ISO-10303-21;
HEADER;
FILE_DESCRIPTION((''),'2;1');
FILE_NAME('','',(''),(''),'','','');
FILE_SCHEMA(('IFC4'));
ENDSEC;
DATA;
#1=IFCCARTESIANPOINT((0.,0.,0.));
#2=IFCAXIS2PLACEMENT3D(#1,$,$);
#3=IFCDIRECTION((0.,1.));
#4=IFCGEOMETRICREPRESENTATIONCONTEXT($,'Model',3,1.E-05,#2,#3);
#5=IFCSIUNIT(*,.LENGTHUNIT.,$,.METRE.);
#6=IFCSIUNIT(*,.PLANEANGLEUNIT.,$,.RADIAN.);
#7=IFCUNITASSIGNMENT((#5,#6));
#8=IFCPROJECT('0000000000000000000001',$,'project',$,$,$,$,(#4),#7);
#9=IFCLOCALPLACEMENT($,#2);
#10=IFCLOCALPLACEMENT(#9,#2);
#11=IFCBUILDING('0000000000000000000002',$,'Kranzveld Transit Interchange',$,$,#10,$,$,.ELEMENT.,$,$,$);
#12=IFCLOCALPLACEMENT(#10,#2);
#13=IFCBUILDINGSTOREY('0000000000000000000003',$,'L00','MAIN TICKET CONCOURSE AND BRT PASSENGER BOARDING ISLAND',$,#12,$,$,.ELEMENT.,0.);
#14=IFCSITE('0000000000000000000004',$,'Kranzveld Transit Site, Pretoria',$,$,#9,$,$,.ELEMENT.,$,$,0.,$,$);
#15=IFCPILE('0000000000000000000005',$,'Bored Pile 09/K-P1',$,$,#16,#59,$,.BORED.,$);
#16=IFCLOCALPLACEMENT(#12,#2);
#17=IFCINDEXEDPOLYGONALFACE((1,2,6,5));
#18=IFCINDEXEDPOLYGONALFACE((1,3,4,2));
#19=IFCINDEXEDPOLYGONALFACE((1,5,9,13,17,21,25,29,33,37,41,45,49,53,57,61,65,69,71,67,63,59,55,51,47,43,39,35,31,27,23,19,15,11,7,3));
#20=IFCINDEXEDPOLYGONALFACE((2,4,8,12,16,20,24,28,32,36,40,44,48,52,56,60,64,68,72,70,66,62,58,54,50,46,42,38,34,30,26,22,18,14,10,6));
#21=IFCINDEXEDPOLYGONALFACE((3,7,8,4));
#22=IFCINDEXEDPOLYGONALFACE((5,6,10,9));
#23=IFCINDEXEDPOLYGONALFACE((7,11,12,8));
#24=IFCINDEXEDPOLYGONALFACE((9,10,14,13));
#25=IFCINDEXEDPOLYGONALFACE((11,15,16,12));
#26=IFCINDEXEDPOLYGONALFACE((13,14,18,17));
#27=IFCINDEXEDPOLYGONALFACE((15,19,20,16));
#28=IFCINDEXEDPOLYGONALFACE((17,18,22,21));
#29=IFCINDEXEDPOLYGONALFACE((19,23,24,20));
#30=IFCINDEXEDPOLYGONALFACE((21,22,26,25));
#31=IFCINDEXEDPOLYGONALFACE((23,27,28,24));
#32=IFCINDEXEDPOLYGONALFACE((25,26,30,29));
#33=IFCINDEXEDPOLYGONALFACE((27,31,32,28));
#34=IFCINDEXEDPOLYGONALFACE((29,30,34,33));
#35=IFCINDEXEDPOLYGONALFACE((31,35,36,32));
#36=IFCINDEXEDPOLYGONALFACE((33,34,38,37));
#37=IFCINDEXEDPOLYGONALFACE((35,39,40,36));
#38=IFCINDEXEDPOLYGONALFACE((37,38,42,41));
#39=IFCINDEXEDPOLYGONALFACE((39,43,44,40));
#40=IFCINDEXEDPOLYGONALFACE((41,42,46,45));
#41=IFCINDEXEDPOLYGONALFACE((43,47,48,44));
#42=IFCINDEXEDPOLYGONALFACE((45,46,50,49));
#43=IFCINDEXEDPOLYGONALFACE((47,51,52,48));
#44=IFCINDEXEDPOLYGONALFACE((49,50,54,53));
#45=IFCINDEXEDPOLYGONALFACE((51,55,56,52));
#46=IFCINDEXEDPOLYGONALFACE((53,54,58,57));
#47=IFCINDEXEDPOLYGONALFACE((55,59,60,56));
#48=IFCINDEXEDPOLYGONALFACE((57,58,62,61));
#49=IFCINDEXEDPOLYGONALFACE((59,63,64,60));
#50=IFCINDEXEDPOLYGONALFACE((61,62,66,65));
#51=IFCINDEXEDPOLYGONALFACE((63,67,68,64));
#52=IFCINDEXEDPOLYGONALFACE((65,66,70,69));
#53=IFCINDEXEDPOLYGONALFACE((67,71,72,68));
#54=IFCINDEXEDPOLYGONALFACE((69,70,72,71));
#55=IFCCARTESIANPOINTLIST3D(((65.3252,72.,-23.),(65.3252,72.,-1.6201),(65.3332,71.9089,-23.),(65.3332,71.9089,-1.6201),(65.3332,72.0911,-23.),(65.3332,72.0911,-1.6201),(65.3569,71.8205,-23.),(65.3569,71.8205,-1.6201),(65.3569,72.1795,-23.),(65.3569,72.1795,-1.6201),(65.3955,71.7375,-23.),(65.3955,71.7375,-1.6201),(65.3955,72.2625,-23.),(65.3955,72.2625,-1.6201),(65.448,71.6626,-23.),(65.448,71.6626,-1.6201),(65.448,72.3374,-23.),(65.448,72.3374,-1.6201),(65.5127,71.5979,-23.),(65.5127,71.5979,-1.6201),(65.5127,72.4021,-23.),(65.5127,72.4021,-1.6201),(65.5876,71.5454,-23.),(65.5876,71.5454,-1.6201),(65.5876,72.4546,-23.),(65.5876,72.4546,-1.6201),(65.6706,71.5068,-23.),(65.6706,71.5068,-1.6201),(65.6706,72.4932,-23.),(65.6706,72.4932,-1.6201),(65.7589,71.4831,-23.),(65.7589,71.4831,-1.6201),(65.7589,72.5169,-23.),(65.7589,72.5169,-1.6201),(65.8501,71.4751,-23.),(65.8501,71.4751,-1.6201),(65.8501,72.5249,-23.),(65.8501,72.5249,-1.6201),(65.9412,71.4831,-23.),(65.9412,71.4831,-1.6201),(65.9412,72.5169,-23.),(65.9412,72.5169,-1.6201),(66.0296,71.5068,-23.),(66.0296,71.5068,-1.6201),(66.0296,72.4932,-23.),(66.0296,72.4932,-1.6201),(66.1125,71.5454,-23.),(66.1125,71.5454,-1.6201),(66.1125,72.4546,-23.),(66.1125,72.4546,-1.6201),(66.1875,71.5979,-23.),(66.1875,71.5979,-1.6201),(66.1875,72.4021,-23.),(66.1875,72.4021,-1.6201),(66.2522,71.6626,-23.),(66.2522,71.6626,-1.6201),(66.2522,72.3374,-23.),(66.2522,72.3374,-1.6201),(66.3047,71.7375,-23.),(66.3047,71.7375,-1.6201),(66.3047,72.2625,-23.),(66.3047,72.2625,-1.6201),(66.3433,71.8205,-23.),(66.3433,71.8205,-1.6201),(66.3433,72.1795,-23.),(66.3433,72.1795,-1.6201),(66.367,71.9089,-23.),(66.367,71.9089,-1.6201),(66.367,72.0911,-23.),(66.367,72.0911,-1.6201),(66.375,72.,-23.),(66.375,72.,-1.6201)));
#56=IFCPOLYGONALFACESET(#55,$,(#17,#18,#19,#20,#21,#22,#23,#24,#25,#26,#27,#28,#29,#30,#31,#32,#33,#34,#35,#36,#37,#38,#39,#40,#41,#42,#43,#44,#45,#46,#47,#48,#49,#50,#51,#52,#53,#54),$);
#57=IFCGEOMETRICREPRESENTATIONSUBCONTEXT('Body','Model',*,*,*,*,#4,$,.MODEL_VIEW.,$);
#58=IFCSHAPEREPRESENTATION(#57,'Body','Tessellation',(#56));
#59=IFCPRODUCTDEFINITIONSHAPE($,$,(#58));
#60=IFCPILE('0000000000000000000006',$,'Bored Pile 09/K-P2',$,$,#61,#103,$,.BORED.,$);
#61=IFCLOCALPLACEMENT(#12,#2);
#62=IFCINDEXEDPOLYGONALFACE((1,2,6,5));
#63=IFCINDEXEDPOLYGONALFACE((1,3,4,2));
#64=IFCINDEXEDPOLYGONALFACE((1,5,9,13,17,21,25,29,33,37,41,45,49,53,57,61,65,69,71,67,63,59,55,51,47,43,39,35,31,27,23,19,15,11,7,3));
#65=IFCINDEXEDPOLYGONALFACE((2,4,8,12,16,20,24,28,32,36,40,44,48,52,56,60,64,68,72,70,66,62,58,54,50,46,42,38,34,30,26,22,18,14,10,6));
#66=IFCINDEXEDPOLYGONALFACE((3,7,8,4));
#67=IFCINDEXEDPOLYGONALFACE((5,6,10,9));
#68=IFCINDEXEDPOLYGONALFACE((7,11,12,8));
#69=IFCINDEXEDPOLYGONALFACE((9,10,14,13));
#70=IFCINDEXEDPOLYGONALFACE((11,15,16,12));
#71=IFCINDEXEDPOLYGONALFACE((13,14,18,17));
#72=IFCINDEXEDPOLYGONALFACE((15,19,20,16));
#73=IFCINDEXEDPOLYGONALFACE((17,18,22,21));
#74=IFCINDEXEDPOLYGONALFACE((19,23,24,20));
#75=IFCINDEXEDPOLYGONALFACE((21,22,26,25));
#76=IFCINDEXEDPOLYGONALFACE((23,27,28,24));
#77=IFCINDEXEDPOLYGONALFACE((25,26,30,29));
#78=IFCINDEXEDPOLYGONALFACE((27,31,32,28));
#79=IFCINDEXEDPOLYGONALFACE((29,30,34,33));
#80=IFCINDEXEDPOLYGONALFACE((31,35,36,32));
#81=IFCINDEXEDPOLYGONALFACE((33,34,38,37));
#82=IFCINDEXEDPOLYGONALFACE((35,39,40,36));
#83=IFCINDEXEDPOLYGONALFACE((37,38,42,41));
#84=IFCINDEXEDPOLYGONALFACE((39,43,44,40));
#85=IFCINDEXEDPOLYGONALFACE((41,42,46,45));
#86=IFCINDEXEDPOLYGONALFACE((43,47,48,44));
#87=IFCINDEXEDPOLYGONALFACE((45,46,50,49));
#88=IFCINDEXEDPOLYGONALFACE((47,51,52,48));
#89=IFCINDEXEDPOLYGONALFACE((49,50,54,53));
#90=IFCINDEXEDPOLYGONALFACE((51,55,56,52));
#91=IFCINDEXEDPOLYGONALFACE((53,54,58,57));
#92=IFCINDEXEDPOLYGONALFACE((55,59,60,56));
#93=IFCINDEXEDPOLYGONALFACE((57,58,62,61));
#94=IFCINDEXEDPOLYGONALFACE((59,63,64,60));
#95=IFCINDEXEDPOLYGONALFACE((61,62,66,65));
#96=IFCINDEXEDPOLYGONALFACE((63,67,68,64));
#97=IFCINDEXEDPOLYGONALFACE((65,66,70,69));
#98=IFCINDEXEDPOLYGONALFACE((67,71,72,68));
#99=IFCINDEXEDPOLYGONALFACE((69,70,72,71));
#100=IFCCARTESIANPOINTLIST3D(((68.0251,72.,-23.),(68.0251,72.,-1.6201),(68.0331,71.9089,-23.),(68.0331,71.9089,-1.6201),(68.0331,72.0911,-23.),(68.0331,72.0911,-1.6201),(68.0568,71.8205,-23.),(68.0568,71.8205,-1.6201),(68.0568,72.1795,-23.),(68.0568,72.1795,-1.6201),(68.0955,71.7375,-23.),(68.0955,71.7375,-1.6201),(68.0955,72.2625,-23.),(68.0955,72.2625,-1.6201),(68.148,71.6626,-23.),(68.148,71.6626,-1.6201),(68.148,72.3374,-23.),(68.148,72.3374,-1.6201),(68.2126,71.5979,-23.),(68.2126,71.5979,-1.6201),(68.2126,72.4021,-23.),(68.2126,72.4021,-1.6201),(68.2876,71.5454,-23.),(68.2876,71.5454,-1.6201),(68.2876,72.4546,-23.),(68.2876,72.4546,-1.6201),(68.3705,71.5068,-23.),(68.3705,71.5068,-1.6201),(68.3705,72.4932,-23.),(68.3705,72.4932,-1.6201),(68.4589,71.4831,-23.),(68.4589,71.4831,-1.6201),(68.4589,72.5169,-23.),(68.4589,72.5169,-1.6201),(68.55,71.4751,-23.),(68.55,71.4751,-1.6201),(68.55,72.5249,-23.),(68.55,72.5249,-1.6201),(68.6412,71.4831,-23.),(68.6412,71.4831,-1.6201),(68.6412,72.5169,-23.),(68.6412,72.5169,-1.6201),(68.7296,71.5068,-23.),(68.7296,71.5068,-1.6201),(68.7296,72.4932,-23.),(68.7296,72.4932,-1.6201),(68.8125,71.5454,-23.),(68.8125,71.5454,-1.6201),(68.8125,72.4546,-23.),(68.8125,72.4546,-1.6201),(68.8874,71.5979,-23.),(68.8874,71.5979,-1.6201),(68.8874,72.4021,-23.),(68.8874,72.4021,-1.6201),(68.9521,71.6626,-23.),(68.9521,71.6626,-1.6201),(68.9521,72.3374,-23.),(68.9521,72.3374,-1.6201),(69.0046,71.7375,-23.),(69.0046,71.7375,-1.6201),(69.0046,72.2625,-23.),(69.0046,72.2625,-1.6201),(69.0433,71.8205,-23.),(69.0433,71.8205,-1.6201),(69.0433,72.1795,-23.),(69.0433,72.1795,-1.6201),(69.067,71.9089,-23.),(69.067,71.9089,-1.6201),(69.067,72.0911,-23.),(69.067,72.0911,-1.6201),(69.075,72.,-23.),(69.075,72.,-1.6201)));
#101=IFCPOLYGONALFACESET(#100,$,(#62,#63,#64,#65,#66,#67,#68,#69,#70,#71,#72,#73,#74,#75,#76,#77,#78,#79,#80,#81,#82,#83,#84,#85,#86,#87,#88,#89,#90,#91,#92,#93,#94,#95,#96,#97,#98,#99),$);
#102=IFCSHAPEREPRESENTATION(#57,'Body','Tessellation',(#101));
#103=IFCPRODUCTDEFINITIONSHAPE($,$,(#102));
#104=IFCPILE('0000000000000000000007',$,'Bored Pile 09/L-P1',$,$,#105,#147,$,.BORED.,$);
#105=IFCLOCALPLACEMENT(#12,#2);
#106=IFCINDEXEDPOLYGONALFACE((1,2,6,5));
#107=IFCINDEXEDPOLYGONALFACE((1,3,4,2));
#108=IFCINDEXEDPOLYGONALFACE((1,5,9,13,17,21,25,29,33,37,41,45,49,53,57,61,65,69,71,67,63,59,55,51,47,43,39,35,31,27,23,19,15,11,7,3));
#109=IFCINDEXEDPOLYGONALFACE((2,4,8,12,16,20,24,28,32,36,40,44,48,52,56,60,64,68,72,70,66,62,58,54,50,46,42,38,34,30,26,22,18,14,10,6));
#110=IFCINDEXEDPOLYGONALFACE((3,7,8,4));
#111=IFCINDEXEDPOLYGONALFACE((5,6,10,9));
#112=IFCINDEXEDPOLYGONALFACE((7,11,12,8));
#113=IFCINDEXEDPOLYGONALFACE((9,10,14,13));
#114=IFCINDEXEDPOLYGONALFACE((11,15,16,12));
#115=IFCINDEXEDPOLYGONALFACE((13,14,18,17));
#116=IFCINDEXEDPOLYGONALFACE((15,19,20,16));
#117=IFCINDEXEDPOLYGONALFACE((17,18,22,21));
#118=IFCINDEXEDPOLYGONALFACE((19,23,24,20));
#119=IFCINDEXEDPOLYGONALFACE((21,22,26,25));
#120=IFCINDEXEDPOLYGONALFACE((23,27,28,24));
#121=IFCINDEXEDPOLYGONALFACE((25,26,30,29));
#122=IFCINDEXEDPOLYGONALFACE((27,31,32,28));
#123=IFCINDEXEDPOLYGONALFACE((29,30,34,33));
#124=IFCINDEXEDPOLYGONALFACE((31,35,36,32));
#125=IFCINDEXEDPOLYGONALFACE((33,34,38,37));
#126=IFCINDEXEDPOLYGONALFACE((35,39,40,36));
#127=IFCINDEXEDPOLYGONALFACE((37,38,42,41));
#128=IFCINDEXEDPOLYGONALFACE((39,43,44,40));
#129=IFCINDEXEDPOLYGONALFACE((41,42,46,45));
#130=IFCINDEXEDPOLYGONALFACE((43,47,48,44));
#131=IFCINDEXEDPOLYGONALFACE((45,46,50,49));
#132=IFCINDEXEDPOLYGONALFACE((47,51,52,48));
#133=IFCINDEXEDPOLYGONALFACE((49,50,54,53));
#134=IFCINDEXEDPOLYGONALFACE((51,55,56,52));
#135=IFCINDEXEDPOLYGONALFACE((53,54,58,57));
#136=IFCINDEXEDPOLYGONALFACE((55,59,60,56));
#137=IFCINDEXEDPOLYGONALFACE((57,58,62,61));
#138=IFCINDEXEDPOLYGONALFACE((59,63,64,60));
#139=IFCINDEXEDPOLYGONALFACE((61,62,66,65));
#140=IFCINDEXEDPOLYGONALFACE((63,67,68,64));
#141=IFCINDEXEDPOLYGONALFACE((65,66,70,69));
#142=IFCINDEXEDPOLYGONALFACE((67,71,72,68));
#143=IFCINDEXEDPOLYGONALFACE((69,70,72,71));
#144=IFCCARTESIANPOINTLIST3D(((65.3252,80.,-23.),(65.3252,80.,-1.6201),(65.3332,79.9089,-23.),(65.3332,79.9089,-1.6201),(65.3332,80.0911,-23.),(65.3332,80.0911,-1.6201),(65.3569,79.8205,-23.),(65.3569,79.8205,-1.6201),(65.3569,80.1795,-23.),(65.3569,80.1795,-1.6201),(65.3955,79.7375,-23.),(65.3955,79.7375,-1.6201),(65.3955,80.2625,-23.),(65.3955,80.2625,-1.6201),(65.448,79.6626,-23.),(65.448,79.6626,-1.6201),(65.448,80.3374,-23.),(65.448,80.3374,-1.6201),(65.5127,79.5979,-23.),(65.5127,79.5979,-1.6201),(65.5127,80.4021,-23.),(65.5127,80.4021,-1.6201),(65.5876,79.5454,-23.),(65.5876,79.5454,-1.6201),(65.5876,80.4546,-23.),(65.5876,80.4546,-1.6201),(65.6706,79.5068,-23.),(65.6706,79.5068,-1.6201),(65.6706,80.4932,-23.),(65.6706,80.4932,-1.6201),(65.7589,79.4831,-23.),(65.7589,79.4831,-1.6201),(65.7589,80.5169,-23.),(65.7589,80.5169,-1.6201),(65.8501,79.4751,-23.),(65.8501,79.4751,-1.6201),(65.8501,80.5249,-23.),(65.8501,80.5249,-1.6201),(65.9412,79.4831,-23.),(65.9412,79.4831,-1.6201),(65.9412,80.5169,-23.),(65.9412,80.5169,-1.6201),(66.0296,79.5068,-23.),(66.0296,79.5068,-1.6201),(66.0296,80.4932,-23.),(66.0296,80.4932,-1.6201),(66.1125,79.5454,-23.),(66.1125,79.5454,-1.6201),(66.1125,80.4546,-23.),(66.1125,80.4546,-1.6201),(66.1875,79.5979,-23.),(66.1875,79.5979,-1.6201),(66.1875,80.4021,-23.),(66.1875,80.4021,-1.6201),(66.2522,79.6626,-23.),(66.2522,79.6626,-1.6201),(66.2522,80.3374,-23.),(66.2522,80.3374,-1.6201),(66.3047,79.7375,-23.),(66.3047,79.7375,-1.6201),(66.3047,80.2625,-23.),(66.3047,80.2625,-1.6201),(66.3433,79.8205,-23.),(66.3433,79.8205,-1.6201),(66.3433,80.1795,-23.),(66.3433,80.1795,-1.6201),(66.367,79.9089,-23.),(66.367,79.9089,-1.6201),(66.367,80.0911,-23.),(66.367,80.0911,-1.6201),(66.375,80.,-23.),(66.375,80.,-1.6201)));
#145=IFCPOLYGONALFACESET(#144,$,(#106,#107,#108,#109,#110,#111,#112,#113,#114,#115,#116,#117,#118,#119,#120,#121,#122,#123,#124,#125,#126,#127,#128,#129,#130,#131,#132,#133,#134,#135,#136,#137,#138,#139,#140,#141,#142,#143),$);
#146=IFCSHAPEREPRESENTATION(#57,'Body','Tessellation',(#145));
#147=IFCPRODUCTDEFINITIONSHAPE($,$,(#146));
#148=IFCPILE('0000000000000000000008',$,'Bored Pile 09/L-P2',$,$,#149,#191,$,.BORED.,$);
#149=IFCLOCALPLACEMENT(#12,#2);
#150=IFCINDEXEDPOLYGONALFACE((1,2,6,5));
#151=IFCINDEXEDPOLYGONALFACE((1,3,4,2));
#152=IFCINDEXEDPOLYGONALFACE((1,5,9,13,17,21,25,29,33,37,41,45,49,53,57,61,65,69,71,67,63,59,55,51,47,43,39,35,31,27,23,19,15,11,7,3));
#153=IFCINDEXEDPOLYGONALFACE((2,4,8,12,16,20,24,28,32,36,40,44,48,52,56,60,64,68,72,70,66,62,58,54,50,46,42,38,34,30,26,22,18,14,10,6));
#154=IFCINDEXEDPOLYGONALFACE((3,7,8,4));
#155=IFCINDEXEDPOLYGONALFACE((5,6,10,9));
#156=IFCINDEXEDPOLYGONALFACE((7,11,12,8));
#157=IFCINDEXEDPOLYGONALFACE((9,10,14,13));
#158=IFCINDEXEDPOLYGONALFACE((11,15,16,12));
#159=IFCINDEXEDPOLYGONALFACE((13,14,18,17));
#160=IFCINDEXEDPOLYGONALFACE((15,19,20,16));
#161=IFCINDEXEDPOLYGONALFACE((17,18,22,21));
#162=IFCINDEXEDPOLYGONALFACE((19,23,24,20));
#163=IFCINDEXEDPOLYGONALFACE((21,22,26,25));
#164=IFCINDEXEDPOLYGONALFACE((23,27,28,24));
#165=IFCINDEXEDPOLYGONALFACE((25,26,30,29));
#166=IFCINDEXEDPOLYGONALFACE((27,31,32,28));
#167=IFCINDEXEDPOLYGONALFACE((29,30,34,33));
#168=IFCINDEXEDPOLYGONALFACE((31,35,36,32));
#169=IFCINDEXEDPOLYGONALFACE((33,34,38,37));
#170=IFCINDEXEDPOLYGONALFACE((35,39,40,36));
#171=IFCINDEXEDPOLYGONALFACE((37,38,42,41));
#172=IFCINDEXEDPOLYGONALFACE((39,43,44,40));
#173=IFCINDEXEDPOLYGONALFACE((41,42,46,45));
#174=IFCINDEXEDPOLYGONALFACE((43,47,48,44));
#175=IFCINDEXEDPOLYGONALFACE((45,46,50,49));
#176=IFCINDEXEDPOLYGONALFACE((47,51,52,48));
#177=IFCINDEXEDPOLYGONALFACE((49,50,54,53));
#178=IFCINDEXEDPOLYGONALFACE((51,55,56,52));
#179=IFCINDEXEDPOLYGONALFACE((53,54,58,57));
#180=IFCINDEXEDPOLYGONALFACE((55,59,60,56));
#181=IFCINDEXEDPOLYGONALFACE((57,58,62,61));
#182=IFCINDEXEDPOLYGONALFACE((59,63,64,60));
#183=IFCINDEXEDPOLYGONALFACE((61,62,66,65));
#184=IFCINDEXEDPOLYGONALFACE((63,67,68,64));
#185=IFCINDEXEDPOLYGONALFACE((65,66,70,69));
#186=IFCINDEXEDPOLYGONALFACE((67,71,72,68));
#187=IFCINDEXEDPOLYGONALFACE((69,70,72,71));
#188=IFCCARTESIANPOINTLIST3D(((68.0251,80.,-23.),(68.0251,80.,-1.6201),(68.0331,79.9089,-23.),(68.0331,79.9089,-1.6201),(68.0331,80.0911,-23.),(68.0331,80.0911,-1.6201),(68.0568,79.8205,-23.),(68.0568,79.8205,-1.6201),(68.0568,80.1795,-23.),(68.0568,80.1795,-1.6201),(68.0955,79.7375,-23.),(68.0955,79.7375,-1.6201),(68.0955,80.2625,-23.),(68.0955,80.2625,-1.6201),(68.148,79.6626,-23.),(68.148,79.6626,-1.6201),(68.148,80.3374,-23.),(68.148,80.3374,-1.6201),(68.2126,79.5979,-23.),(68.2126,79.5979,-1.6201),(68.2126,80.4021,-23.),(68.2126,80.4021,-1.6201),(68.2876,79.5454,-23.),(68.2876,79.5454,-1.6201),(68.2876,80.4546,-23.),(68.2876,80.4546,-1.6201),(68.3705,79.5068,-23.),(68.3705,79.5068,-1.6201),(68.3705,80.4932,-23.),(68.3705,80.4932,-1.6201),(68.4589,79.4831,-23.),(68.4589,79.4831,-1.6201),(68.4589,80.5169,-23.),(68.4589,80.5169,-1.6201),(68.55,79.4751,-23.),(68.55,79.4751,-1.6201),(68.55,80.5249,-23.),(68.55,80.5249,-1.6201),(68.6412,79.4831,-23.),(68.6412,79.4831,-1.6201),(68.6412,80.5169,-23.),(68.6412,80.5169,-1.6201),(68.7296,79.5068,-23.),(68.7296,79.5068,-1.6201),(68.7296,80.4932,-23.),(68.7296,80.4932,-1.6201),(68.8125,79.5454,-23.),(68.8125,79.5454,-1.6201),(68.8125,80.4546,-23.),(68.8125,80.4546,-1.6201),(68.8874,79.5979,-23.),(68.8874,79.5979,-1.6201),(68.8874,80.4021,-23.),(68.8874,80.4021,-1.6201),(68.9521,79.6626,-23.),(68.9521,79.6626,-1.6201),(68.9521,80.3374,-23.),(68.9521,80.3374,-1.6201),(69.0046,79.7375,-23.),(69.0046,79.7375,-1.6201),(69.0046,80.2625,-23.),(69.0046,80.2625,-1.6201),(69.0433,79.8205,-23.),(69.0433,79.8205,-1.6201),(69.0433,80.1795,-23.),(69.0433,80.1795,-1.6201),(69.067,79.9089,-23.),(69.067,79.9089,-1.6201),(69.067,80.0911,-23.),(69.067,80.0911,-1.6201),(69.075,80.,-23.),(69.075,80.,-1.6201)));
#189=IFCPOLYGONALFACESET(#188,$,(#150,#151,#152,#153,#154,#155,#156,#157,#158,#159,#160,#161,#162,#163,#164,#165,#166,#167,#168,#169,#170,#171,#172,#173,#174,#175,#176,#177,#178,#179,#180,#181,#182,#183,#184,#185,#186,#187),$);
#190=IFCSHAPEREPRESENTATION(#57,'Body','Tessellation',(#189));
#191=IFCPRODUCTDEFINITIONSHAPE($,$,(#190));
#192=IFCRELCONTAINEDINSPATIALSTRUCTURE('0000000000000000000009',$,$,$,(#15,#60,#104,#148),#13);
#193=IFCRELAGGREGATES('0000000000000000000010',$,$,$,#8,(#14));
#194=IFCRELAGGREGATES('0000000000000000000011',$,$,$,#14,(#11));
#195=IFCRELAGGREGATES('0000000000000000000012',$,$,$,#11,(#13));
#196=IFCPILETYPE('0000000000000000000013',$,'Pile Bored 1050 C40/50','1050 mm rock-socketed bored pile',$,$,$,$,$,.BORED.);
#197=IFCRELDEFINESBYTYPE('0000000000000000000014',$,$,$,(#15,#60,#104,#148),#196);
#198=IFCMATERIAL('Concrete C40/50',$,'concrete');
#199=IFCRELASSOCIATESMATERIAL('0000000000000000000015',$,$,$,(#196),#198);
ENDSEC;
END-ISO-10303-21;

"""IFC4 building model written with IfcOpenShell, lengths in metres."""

from ifc_helpers import new_model, si_unit, direction, frame, origin, origin_2d, place, context, subcontext, project, spatial, circle, extrude, material, material_profile, profile_set, type_object, element, save


model = new_model("IFC4")

# Units and contexts
model_context = context("Model", 3, precision=1e-05, world=origin(), true_north=direction((0.0, 1.0)))
body_context = subcontext(model_context, "Body", "Model", "MODEL_VIEW")
ifc_project = project(units=[si_unit("LENGTHUNIT", "METRE"), si_unit("PLANEANGLEUNIT", "RADIAN")], contexts=[model_context])

# Site, building, storey
site_placement = place(None, origin())
site = spatial("IfcSite", under=ifc_project, at=site_placement, Name="Kranzveld Transit Site, Pretoria", CompositionType="ELEMENT", RefElevation=0.0)
building_placement = place(site_placement, origin())
building = spatial("IfcBuilding", under=site, at=building_placement, Name="Kranzveld Transit Interchange", CompositionType="ELEMENT")
storey_placement = place(building_placement, origin())
storey = spatial("IfcBuildingStorey", under=building, at=storey_placement, Name="L00", Description="MAIN TICKET CONCOURSE AND BRT PASSENGER BOARDING ISLAND", CompositionType="ELEMENT", Elevation=0.0)

# Piles
ifc_material_1 = material(Name="Concrete C40/50", Category="concrete")
ifc_material_profile_1 = material_profile(ifc_material_1, circle(Radius=0.5249, at=origin_2d()), Name="BORED PILE 1050")
ifc_profile_set_1 = profile_set([ifc_material_profile_1], Name="Concrete C40/50")
pile_type_1 = type_object("IfcPileType", Name="Pile Bored 1050 C40/50", Description="1050 mm rock-socketed bored pile", PredefinedType="BORED", material=ifc_profile_set_1)
for number, where, z_axis, x_axis, name in (
    (1, (65.8501, 72.0, -1.6201), (0.0, 0.0, -1.0), (1.0, 0.0, 0.0), "Bored Pile 09/K-P1"),
    (2, (68.55, 72.0, -1.6201), (0.0, 0.0, -1.0), (1.0, 0.0, 0.0), "Bored Pile 09/K-P2"),
    (3, (65.8501, 80.0, -1.6201), (0.0, 0.0, -1.0), (1.0, 0.0, 0.0), "Bored Pile 09/L-P1"),
    (4, (68.55, 80.0, -1.6201), (0.0, 0.0, -1.0), (1.0, 0.0, 0.0), "Bored Pile 09/L-P2"),
):
    element("IfcPile", number, at=place(storey_placement, frame(where, z_axis=z_axis, x_axis=x_axis)), inside=storey, type_object=pile_type_1, Name=name, PredefinedType="BORED", context=body_context, shape_type="SweptSolid", body=[
        extrude(circle(Radius=0.5249, at=origin_2d()), origin(), (0.0, 0.0, 1.0), 21.3799),
    ])

save(model, "model.ifc")
